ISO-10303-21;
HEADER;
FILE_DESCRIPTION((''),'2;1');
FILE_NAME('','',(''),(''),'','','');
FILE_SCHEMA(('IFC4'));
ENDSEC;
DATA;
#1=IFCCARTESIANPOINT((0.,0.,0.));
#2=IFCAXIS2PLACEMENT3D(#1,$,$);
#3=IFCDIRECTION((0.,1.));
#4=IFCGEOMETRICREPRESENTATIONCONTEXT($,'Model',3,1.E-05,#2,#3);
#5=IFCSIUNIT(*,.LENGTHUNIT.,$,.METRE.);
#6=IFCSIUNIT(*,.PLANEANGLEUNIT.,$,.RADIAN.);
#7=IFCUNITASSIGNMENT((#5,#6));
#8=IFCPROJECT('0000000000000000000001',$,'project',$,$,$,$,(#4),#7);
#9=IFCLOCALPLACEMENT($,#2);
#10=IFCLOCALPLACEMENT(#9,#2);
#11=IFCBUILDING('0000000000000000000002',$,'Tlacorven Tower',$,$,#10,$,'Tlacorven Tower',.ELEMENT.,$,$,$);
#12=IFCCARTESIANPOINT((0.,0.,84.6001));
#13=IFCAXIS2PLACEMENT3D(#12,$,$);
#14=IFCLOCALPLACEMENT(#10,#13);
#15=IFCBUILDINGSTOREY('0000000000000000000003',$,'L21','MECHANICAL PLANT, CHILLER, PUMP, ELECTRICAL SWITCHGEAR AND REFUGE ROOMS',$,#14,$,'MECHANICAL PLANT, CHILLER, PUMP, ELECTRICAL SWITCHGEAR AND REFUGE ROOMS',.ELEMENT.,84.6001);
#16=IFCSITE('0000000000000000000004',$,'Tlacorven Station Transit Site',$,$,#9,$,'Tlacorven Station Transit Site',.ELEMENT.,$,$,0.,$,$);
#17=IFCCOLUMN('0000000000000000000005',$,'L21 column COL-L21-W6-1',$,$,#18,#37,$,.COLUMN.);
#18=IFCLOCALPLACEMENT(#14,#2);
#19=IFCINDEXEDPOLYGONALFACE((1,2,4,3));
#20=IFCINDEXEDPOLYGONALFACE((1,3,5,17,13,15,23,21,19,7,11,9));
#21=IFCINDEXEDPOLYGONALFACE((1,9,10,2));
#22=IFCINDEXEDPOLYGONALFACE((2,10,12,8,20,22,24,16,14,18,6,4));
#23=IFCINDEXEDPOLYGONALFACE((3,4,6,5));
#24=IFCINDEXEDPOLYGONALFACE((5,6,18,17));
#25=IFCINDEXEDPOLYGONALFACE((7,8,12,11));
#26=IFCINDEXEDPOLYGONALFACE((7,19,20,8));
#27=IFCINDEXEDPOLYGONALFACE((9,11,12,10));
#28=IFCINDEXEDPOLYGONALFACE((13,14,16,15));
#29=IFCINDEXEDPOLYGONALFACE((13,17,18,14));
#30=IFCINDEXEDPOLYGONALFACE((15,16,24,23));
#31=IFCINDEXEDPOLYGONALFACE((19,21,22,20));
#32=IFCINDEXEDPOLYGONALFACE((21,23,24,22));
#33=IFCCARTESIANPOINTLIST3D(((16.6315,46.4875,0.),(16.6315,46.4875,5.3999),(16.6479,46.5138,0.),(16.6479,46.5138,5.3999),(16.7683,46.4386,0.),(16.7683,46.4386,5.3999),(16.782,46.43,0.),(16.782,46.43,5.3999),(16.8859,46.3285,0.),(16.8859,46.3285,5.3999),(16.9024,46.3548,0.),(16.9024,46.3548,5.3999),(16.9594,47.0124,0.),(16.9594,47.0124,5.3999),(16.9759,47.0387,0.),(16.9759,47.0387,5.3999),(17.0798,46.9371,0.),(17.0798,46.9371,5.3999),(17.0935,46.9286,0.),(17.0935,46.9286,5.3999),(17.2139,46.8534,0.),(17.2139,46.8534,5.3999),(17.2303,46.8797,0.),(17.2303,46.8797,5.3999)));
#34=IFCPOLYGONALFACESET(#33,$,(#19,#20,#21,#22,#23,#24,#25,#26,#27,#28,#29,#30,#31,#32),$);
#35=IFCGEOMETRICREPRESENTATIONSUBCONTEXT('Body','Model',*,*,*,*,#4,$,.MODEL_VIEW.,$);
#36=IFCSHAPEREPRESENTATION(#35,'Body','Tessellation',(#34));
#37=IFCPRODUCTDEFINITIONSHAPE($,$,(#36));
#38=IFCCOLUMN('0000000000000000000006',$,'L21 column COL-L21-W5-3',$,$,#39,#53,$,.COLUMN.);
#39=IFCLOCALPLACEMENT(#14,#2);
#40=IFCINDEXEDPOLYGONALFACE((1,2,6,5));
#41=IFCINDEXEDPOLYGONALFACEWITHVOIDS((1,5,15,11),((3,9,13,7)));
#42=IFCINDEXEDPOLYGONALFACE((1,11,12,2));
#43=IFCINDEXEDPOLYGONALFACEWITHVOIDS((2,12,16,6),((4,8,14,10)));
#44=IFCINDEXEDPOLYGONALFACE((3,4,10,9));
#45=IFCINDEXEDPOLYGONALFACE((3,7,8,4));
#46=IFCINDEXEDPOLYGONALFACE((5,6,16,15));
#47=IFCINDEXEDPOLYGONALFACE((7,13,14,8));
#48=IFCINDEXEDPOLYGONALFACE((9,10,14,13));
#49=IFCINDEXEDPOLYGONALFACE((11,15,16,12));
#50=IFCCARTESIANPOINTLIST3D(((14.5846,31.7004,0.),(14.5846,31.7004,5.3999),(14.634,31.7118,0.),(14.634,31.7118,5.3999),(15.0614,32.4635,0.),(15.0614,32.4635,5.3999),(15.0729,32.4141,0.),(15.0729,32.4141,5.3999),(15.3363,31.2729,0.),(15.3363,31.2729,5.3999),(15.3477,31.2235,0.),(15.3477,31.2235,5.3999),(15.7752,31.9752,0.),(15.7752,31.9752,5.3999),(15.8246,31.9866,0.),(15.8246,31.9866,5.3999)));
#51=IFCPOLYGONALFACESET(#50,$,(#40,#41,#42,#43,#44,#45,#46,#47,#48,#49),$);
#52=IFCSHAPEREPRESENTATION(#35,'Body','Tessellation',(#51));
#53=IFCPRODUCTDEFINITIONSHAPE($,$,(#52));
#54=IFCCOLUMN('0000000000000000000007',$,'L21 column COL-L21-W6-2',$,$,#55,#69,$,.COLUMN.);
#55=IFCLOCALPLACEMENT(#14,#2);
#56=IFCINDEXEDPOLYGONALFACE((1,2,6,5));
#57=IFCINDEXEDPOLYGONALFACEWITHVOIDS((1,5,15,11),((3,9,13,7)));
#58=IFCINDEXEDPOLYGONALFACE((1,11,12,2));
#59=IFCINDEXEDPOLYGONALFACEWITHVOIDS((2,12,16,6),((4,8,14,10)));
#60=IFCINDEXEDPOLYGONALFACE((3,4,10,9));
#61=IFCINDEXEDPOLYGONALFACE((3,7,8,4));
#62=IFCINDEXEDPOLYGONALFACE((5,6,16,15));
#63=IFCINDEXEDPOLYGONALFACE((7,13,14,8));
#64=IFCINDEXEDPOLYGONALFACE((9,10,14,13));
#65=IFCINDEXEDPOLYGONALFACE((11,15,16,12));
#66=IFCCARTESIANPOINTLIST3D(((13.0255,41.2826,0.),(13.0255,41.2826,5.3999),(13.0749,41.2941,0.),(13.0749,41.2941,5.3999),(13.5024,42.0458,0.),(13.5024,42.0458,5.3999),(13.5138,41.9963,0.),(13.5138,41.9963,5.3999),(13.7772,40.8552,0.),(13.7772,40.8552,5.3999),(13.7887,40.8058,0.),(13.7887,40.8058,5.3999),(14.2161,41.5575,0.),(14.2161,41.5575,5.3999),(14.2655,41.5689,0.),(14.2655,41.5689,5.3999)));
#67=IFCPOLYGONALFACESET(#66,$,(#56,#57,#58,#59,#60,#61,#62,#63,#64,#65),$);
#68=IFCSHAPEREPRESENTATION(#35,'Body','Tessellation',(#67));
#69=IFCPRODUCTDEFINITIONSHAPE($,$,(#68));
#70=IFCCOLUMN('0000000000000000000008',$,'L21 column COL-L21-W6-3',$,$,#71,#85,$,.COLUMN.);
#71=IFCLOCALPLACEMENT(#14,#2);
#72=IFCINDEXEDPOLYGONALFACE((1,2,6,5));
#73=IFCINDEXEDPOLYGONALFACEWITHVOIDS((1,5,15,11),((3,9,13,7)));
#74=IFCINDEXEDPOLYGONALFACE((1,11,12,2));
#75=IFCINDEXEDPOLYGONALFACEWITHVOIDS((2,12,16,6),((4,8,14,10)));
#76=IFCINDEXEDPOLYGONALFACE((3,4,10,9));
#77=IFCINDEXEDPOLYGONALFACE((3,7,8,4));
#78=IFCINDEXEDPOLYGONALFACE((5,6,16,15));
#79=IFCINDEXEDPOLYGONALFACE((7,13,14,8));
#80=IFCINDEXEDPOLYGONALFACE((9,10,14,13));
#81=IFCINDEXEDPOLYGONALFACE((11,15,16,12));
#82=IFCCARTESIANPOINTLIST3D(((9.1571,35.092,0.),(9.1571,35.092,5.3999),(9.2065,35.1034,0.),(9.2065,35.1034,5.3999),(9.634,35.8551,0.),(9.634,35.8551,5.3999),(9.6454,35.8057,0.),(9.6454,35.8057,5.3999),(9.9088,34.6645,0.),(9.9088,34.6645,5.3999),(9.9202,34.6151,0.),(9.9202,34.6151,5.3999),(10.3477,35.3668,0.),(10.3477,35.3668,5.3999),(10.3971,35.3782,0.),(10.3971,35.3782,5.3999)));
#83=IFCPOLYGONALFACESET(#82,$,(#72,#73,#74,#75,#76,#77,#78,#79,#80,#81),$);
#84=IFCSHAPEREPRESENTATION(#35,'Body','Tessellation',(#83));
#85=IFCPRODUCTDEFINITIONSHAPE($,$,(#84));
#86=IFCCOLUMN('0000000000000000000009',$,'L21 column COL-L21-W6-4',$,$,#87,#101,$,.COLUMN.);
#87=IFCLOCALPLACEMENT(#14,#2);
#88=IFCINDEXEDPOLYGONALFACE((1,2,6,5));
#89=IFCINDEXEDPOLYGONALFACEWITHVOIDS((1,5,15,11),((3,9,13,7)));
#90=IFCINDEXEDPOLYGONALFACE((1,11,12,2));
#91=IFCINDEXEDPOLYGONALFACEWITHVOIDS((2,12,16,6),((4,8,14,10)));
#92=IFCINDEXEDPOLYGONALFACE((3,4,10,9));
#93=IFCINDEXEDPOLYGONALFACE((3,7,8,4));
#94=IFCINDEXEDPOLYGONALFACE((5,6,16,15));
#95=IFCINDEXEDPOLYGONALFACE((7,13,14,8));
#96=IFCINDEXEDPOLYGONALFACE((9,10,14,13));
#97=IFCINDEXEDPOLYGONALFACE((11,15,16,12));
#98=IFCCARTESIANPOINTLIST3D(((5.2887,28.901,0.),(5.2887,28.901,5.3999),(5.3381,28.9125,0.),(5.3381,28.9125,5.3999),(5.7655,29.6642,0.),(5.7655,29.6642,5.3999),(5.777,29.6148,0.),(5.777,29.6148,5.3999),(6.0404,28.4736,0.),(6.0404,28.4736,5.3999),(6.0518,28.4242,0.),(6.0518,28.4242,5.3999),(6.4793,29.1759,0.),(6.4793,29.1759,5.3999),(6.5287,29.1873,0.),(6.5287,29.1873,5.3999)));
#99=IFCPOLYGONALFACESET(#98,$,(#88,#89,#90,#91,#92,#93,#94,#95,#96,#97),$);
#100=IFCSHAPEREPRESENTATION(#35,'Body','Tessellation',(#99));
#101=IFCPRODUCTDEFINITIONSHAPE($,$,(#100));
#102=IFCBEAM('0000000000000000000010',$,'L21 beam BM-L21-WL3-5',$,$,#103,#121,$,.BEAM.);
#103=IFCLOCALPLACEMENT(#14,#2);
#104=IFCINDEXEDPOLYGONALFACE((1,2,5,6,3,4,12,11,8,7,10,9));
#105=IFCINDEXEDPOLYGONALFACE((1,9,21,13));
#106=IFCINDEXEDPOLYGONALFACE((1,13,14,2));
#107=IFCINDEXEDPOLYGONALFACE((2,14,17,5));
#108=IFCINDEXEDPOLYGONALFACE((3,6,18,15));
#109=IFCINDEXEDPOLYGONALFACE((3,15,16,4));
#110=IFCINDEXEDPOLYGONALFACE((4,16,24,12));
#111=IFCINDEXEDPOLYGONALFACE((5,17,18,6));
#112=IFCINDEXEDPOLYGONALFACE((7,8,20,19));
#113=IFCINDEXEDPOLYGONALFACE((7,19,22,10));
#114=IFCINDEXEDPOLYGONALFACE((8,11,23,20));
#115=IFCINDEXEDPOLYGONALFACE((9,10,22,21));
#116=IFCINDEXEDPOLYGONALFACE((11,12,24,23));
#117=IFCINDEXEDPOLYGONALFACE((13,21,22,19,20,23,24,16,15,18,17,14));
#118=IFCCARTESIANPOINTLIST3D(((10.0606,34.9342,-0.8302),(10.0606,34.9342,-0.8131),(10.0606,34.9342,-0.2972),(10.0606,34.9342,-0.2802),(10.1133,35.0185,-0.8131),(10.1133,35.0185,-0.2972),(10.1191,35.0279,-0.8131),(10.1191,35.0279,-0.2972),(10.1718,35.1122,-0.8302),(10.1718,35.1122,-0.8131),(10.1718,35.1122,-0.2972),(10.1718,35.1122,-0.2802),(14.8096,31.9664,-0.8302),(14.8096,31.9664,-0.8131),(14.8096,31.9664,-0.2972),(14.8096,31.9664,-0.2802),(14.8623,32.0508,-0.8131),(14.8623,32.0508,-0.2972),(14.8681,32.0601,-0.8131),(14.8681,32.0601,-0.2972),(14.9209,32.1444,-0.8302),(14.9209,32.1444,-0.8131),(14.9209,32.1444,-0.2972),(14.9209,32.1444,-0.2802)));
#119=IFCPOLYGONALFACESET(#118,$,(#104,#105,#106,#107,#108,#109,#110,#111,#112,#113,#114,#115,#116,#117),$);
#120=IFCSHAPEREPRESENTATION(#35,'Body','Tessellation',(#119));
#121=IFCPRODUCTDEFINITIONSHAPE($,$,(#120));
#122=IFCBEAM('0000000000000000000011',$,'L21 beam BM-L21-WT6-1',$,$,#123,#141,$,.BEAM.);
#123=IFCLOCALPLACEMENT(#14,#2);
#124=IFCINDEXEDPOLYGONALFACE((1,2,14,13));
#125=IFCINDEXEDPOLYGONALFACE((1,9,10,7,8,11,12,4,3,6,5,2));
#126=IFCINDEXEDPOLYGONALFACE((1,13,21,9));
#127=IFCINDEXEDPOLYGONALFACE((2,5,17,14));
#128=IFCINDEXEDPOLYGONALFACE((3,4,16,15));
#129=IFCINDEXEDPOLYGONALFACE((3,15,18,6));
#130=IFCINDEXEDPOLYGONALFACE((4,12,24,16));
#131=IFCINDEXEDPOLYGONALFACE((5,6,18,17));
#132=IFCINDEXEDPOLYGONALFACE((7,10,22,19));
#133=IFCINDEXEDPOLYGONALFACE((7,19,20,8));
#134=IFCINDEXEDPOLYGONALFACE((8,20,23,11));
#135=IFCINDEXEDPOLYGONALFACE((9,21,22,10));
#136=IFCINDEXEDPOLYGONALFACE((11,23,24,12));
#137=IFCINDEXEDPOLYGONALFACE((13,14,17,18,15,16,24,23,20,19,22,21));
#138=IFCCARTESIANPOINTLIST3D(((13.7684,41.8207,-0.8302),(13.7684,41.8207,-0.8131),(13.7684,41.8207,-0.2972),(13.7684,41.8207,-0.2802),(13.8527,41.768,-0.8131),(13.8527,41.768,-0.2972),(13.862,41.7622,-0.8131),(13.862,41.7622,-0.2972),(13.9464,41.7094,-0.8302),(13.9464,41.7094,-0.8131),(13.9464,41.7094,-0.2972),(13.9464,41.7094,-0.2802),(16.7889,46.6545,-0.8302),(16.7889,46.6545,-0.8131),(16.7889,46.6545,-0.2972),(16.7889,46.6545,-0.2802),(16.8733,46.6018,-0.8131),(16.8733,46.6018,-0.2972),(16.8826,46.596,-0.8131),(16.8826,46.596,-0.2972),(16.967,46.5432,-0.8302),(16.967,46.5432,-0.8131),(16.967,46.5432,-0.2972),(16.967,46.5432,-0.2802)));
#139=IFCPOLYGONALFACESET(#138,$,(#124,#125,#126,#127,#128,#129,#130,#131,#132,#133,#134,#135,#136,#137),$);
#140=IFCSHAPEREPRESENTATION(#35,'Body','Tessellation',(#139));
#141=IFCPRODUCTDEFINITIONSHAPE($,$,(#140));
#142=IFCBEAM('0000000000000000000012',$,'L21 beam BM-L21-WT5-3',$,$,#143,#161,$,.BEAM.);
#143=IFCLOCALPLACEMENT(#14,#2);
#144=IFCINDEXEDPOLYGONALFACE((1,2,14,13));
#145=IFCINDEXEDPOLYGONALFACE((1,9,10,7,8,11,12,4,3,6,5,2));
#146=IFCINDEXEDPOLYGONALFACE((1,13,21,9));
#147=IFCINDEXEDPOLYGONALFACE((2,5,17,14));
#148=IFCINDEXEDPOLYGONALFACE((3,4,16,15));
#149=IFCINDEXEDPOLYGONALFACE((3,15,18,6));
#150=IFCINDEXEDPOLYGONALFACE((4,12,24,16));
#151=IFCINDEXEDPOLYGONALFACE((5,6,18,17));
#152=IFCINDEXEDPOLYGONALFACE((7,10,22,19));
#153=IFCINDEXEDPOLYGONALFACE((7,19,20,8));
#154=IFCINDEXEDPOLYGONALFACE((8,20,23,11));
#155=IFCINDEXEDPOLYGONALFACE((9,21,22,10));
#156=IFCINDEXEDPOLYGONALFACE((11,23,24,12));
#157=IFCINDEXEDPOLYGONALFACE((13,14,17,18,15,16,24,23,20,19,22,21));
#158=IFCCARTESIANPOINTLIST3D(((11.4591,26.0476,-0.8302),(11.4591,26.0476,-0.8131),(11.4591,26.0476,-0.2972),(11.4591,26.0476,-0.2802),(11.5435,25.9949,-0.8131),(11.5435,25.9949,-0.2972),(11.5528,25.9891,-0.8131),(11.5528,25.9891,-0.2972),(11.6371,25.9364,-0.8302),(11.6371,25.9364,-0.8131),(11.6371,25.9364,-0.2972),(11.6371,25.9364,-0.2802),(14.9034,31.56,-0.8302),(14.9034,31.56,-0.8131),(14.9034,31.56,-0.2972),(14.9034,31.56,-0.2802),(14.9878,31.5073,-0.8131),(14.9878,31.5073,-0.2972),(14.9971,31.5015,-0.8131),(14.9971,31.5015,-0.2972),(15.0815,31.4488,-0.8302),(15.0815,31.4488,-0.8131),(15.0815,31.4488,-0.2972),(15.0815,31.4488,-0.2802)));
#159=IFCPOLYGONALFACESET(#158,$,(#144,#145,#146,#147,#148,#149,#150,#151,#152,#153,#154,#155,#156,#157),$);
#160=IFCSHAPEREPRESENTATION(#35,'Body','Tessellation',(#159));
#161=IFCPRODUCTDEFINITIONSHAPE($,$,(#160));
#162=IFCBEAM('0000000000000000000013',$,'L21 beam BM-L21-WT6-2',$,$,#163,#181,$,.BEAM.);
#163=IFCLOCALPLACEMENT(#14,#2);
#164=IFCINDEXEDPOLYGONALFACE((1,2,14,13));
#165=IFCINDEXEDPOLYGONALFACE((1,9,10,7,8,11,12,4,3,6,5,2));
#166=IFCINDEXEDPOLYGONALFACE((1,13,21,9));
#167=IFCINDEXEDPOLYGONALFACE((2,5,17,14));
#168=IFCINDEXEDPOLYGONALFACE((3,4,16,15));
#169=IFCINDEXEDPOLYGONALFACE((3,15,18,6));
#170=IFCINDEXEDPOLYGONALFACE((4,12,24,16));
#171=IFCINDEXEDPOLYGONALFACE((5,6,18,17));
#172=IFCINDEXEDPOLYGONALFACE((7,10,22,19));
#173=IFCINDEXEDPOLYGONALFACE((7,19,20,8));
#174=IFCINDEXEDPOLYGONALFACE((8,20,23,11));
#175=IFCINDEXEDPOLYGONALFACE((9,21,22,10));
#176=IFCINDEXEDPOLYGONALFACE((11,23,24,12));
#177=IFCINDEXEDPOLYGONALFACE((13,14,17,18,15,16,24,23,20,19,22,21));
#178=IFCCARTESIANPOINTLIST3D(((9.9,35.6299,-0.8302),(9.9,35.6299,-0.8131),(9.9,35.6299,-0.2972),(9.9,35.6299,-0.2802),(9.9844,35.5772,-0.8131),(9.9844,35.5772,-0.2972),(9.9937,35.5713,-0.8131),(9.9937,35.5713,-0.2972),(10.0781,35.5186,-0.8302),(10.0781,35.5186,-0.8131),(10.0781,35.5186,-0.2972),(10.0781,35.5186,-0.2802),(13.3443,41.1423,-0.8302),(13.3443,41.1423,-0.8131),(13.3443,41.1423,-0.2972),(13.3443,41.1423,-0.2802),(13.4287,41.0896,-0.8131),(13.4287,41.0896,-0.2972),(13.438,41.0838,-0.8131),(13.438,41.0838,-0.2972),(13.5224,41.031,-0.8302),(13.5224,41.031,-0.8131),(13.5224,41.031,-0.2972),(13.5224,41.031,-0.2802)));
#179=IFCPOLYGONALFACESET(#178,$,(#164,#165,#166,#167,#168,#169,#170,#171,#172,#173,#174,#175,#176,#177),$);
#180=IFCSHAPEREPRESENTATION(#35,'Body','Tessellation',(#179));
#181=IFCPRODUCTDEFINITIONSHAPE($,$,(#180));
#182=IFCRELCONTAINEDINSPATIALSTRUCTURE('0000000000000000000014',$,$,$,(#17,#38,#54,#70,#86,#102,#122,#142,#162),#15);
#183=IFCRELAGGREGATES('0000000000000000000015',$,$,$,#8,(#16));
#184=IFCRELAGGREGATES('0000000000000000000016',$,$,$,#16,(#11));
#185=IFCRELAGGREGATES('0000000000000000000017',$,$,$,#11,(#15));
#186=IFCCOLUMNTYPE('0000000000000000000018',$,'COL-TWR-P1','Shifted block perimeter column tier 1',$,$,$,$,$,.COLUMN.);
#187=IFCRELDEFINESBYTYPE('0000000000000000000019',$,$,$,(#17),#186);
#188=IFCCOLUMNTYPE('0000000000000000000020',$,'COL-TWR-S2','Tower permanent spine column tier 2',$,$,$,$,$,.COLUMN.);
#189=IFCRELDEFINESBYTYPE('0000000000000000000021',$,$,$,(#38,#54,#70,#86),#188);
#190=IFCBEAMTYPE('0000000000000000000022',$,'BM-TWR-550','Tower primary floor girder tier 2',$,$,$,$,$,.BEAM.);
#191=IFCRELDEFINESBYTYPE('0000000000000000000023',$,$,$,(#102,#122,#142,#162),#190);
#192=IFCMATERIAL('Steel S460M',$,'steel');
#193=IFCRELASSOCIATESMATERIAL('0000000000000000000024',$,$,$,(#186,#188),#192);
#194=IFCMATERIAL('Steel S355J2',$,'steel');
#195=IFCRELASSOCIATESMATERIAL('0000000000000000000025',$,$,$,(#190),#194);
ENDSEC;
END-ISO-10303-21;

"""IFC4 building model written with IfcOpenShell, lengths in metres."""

from ifc_helpers import new_model, si_unit, direction, frame, origin, origin_2d, place, context, subcontext, project, spatial, hollow_rectangle, i_section, extrude, source, transform, mapped, material, material_profile, profile_set, type_object, element, save


model = new_model("IFC4")

# Units and contexts
model_context = context("Model", 3, precision=1e-05, world=origin(), true_north=direction((0.0, 1.0)))
body_context = subcontext(model_context, "Body", "Model", "MODEL_VIEW")
ifc_project = project(units=[si_unit("LENGTHUNIT", "METRE"), si_unit("PLANEANGLEUNIT", "RADIAN")], contexts=[model_context])

# Site, building, storey
site_placement = place(None, origin())
site = spatial("IfcSite", under=ifc_project, at=site_placement, Name="Tlacorven Station Transit Site", LongName="Tlacorven Station Transit Site", CompositionType="ELEMENT", RefElevation=0.0)
building_placement = place(site_placement, origin())
building = spatial("IfcBuilding", under=site, at=building_placement, Name="Tlacorven Tower", LongName="Tlacorven Tower", CompositionType="ELEMENT")
storey_placement = place(building_placement, frame((0.0, 0.0, 84.6001)))
storey = spatial("IfcBuildingStorey", under=building, at=storey_placement, Name="L21", Description="MECHANICAL PLANT, CHILLER, PUMP, ELECTRICAL SWITCHGEAR AND REFUGE ROOMS", LongName="MECHANICAL PLANT, CHILLER, PUMP, ELECTRICAL SWITCHGEAR AND REFUGE ROOMS", CompositionType="ELEMENT", Elevation=84.6001)

# Columns
ifc_material_1 = material(Name="Steel S460M", Category="steel")
ifc_material_profile_1 = material_profile(ifc_material_1, i_section(OverallWidth=0.3, OverallDepth=0.6499, WebThickness=0.0161, FlangeThickness=0.031, at=origin_2d()), Name="HEB 650")
ifc_profile_set_1 = profile_set([ifc_material_profile_1], Name="Steel S460M")
column_type_1 = type_object("IfcColumnType", Name="COL-TWR-P1", Description="Shifted block perimeter column tier 1", PredefinedType="COLUMN", material=ifc_profile_set_1)
shared_shape_1 = source(origin(), body_context, "Body", "SweptSolid", [
    extrude(i_section(OverallWidth=0.3, OverallDepth=0.6499, WebThickness=0.0161, FlangeThickness=0.031, at=origin_2d()), origin(), (0.0, 0.0, 1.0), 5.3999),
])
column_placement = place(storey_placement, frame((16.9309, 46.6836, 0.0), z_axis=(0.0, 0.0, 1.0), x_axis=(-0.848048, 0.529919, 0.0)))
element("IfcColumn", 1, at=column_placement, inside=storey, type_object=column_type_1, Name="L21 column COL-L21-W6-1", PredefinedType="COLUMN", context=body_context, shape_type="MappedRepresentation", body=[
    mapped(shared_shape_1, transform((0.0, 0.0, 0.0), scale=1.0)),
])
ifc_material_profile_2 = material_profile(ifc_material_1, hollow_rectangle(XDim=0.8999, YDim=0.8999, WallThickness=0.0359, at=origin_2d()), Name="BOX 900X900X36")
ifc_profile_set_2 = profile_set([ifc_material_profile_2], Name="Steel S460M")
column_type_2 = type_object("IfcColumnType", Name="COL-TWR-S2", Description="Tower permanent spine column tier 2", PredefinedType="COLUMN", material=ifc_profile_set_2)
shared_shape_2 = source(origin(), body_context, "Body", "SweptSolid", [
    extrude(hollow_rectangle(XDim=0.8999, YDim=0.8999, WallThickness=0.0359, at=origin_2d()), origin(), (0.0, 0.0, 1.0), 5.3999),
])
for number, where, z_axis, x_axis, name in (
    (2, (15.2046, 31.8435, 0.0), (0.0, 0.0, 1.0), (-0.848048, 0.529919, 0.0), "L21 column COL-L21-W5-3"),
    (3, (13.6455, 41.4258, 0.0), (0.0, 0.0, 1.0), (-0.848048, 0.529919, 0.0), "L21 column COL-L21-W6-2"),
    (4, (9.7771, 35.2351, 0.0), (0.0, 0.0, 1.0), (-0.848048, 0.529919, 0.0), "L21 column COL-L21-W6-3"),
    (5, (5.9087, 29.0442, 0.0), (0.0, 0.0, 1.0), (-0.848048, 0.529919, 0.0), "L21 column COL-L21-W6-4"),
):
    element("IfcColumn", number, at=place(storey_placement, frame(where, z_axis=z_axis, x_axis=x_axis)), inside=storey, type_object=column_type_2, Name=name, PredefinedType="COLUMN", context=body_context, shape_type="MappedRepresentation", body=[
        mapped(shared_shape_2, transform((0.0, 0.0, 0.0), scale=1.0)),
    ])

# Beams
ifc_material_2 = material(Name="Steel S355J2", Category="steel")
ifc_material_profile_3 = material_profile(ifc_material_2, i_section(OverallWidth=0.21, OverallDepth=0.55, WebThickness=0.011, FlangeThickness=0.0171, at=origin_2d()), Name="IPE 550")
ifc_profile_set_3 = profile_set([ifc_material_profile_3], Name="Steel S355J2")
beam_type_1 = type_object("IfcBeamType", Name="BM-TWR-550", Description="Tower primary floor girder tier 2", PredefinedType="BEAM", material=ifc_profile_set_3)
shared_shape_3 = source(origin(), body_context, "Body", "SweptSolid", [
    extrude(i_section(OverallWidth=0.21, OverallDepth=0.55, WebThickness=0.011, FlangeThickness=0.0171, at=origin_2d()), origin(), (0.0, 0.0, 1.0), 5.6001),
])
beam_1_placement = place(storey_placement, frame((14.8652, 32.0554, -0.5552), z_axis=(-0.848028, 0.529952, 0.0), x_axis=(-0.529952, -0.848028, 0.0)))
element("IfcBeam", 6, at=beam_1_placement, inside=storey, type_object=beam_type_1, Name="L21 beam BM-L21-WL3-5", PredefinedType="BEAM", context=body_context, shape_type="MappedRepresentation", body=[
    mapped(shared_shape_3, transform((0.0, 0.0, 0.0), scale=1.0)),
])
shared_shape_4 = source(origin(), body_context, "Body", "SweptSolid", [
    extrude(i_section(OverallWidth=0.21, OverallDepth=0.55, WebThickness=0.011, FlangeThickness=0.0171, at=origin_2d()), origin(), (0.0, 0.0, 1.0), 5.7),
])
beam_2_placement = place(storey_placement, frame((16.8779, 46.5989, -0.5552), z_axis=(-0.529926, -0.848044, 0.0), x_axis=(0.848044, -0.529926, 0.0)))
element("IfcBeam", 7, at=beam_2_placement, inside=storey, type_object=beam_type_1, Name="L21 beam BM-L21-WT6-1", PredefinedType="BEAM", context=body_context, shape_type="MappedRepresentation", body=[
    mapped(shared_shape_4, transform((0.0, 0.0, 0.0), scale=1.0)),
])
shared_shape_5 = source(origin(), body_context, "Body", "SweptSolid", [
    extrude(i_section(OverallWidth=0.21, OverallDepth=0.55, WebThickness=0.011, FlangeThickness=0.0171, at=origin_2d()), origin(), (0.0, 0.0, 1.0), 6.5),
])
for number, where, z_axis, x_axis, name in (
    (8, (14.9924, 31.5044, -0.5552), (-0.529894, -0.848064, 0.0), (0.848064, -0.529894, 0.0), "L21 beam BM-L21-WT5-3"),
    (9, (13.4333, 41.0867, -0.5552), (-0.529894, -0.848064, 0.0), (0.848064, -0.529894, 0.0), "L21 beam BM-L21-WT6-2"),
):
    element("IfcBeam", number, at=place(storey_placement, frame(where, z_axis=z_axis, x_axis=x_axis)), inside=storey, type_object=beam_type_1, Name=name, PredefinedType="BEAM", context=body_context, shape_type="MappedRepresentation", body=[
        mapped(shared_shape_5, transform((0.0, 0.0, 0.0), scale=1.0)),
    ])

save(model, "model.ifc")
